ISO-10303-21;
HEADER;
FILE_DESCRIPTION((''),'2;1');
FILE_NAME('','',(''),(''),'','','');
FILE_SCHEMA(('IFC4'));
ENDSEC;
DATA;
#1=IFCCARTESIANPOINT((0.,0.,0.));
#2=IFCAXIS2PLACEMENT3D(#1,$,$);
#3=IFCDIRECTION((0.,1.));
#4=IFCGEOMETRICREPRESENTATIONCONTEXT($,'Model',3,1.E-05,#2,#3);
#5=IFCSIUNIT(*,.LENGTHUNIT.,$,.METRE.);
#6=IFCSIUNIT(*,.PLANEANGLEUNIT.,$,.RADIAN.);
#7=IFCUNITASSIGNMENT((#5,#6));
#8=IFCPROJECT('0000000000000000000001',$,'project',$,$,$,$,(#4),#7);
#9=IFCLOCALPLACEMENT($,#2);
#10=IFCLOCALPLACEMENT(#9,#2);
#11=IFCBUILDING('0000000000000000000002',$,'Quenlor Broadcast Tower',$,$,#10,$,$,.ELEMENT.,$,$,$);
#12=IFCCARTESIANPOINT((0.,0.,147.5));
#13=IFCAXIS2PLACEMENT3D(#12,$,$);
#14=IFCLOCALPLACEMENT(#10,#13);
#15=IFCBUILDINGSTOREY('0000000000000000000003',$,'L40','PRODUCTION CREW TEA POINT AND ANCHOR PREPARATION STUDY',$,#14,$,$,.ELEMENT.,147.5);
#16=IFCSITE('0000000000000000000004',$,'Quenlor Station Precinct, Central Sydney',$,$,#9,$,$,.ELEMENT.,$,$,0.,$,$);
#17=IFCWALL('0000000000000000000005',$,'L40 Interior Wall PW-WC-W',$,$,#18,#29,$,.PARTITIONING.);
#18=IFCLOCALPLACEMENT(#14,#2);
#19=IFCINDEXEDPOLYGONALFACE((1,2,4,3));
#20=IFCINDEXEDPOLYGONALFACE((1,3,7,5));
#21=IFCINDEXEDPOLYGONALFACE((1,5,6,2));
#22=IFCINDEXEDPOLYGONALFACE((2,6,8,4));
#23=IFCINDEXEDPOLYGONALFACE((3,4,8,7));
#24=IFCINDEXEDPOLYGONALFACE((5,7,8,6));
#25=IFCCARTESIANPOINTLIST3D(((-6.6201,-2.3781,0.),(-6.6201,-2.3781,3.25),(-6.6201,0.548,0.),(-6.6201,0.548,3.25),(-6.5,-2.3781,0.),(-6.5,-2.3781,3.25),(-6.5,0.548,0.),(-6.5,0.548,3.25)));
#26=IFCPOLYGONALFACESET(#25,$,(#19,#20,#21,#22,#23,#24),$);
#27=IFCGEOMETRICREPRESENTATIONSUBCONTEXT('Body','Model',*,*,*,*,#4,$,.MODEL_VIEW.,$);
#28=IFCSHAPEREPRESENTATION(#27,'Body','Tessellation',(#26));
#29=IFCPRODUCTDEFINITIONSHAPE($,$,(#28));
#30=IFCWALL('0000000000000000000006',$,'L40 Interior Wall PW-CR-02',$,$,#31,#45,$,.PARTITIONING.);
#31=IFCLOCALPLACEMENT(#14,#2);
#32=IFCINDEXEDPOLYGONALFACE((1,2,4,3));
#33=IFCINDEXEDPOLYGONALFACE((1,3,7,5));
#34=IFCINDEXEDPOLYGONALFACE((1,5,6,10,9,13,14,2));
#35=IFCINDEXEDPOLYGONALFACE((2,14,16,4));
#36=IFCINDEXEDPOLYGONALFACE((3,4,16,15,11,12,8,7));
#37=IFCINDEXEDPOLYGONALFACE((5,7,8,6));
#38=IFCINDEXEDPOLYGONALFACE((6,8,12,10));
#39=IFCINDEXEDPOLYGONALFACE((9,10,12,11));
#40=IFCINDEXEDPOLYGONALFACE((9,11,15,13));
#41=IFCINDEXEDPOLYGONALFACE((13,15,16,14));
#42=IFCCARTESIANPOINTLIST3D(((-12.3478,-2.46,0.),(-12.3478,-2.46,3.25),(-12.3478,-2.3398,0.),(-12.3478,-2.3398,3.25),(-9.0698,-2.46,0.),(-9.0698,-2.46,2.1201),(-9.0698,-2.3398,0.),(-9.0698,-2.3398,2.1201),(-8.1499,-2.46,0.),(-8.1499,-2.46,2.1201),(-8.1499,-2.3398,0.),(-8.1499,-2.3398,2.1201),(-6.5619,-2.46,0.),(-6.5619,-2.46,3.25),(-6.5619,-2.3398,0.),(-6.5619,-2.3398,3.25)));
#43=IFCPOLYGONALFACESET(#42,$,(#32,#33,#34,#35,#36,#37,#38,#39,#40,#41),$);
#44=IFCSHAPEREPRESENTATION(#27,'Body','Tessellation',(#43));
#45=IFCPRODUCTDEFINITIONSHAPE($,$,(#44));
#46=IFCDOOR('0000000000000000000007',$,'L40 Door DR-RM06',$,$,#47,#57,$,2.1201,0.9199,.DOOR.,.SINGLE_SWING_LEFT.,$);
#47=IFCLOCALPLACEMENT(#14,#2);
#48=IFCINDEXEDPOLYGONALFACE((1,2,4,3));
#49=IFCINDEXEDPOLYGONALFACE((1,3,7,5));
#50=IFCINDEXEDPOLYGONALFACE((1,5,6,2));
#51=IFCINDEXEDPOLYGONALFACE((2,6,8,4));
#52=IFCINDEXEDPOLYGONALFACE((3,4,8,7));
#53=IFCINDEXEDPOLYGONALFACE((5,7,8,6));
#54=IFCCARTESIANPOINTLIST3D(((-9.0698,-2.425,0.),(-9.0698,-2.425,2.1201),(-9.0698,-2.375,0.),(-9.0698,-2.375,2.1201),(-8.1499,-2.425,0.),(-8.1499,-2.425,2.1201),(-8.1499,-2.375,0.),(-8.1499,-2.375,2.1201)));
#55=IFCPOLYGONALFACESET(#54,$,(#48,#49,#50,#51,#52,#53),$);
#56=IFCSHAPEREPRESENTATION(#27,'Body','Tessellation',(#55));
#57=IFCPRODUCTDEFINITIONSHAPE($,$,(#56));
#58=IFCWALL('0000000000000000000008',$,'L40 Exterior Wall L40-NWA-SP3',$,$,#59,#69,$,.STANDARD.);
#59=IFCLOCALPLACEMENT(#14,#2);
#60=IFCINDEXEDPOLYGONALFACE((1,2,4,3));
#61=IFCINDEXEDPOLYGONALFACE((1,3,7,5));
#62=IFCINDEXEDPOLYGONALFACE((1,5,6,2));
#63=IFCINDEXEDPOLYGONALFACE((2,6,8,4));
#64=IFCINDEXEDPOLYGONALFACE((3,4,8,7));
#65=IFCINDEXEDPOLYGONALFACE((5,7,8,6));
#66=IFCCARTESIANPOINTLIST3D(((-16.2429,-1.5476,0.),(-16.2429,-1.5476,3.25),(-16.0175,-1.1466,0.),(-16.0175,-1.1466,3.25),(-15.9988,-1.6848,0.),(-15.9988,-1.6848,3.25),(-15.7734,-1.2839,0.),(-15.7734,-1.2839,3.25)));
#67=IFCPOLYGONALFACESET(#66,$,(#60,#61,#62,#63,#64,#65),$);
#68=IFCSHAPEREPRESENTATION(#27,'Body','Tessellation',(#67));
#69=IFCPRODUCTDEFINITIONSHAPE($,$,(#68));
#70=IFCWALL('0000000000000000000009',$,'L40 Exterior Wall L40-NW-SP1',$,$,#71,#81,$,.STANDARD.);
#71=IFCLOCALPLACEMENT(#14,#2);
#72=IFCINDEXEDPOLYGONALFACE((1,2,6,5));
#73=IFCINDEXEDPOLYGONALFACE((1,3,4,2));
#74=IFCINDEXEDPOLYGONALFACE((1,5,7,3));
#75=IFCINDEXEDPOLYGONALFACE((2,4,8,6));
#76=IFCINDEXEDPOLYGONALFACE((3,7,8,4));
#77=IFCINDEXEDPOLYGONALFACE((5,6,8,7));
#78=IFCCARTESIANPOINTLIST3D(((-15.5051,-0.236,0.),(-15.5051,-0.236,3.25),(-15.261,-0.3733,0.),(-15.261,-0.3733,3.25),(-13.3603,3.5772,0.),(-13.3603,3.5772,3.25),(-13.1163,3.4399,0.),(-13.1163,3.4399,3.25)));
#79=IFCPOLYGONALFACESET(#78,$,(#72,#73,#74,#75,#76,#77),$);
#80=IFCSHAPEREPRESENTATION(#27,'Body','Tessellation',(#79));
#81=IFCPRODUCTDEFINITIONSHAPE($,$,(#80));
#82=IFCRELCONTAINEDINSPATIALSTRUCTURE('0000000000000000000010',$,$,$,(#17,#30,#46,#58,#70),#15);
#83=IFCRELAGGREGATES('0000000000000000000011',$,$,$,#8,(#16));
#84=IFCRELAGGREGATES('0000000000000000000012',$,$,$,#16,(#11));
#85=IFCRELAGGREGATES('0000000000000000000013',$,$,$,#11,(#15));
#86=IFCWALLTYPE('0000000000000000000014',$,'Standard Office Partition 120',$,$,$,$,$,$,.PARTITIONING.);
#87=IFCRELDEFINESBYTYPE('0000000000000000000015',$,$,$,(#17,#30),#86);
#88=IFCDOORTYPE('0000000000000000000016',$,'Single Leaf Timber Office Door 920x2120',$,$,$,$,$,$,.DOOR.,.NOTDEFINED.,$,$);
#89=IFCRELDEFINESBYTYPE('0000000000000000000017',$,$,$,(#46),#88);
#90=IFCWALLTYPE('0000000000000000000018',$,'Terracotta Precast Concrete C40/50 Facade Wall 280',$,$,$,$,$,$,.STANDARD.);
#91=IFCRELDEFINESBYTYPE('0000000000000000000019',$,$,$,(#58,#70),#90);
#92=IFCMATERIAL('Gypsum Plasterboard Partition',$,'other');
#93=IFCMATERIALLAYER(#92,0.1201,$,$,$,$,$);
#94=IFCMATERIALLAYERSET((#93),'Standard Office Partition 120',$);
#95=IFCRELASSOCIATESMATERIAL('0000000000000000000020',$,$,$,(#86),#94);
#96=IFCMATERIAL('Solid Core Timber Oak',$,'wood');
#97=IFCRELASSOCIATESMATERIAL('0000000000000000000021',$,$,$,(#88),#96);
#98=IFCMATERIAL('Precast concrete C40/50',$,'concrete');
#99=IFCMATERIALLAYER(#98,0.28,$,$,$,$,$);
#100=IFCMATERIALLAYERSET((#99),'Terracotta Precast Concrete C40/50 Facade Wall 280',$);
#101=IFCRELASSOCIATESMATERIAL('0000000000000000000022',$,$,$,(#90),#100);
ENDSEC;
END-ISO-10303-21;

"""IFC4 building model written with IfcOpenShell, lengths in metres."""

from ifc_helpers import new_model, si_unit, direction, frame, frame_2d, origin, place, context, subcontext, project, spatial, rectangle, extrude, material, layer, layer_set, type_object, element, fill, save


model = new_model("IFC4")

# Units and contexts
model_context = context("Model", 3, precision=1e-05, world=origin(), true_north=direction((0.0, 1.0)))
body_context = subcontext(model_context, "Body", "Model", "MODEL_VIEW")
ifc_project = project(units=[si_unit("LENGTHUNIT", "METRE"), si_unit("PLANEANGLEUNIT", "RADIAN")], contexts=[model_context])

# Site, building, storey
site_placement = place(None, origin())
site = spatial("IfcSite", under=ifc_project, at=site_placement, Name="Quenlor Station Precinct, Central Sydney", CompositionType="ELEMENT", RefElevation=0.0)
building_placement = place(site_placement, origin())
building = spatial("IfcBuilding", under=site, at=building_placement, Name="Quenlor Broadcast Tower", CompositionType="ELEMENT")
storey_placement = place(building_placement, frame((0.0, 0.0, 147.5)))
storey = spatial("IfcBuildingStorey", under=building, at=storey_placement, Name="L40", Description="PRODUCTION CREW TEA POINT AND ANCHOR PREPARATION STUDY", CompositionType="ELEMENT", Elevation=147.5)

# Shared definitions
ifc_material_1 = material(Name="Gypsum Plasterboard Partition", Category="other")
ifc_layer_1 = layer(ifc_material_1, 0.1201)
ifc_layer_set_1 = layer_set([ifc_layer_1], Name="Standard Office Partition 120")
wall_type_1 = type_object("IfcWallType", Name="Standard Office Partition 120", PredefinedType="PARTITIONING", material=ifc_layer_set_1)

# Wall
wall_1_placement = place(storey_placement, frame((-6.5601, -2.3779, 0.0), z_axis=(0.0, 0.0, 1.0), x_axis=(0.0, 1.0, 0.0)))
element("IfcWall", 1, at=wall_1_placement, inside=storey, type_object=wall_type_1, Name="L40 Interior Wall PW-WC-W", PredefinedType="PARTITIONING", context=body_context, shape_type="SweptSolid", body=[
    extrude(rectangle(XDim=2.926, YDim=0.1201, at=frame_2d((1.4629, 0.0))), origin(), (0.0, 0.0, 1.0), 3.25),
])

# Wall, opening, door
wall_2_placement = place(storey_placement, frame((-12.3479, -2.3999, 0.0), z_axis=(0.0, 0.0, 1.0), x_axis=(1.0, 0.0, 0.0)))
wall_2 = element("IfcWall", 2, at=wall_2_placement, inside=storey, type_object=wall_type_1, Name="L40 Interior Wall PW-CR-02", PredefinedType="PARTITIONING", context=body_context, shape_type="SweptSolid", body=[
    extrude(rectangle(XDim=5.7859, YDim=0.1201, at=frame_2d((2.8931, 0.0))), origin(), (0.0, 0.0, 1.0), 3.25),
])
opening_1_placement = place(wall_2_placement, frame((3.2781, 0.0, 0.0)))
opening_1 = element("IfcOpeningElement", 3, at=opening_1_placement, cuts=wall_2, PredefinedType="OPENING", context=body_context, shape_type="SweptSolid", body=[
    extrude(rectangle(XDim=0.9199, YDim=2.1201, at=frame_2d((0.46, 1.0601))), frame((0.0, 0.0701, 0.0), z_axis=(0.0, -1.0, 0.0), x_axis=(1.0, 0.0, 0.0)), (0.0, 0.0, 1.0), 0.1401),
])
ifc_material_2 = material(Name="Solid Core Timber Oak", Category="wood")
door_type_1 = type_object("IfcDoorType", Name="Single Leaf Timber Office Door 920x2120", OperationType="NOTDEFINED", PredefinedType="DOOR", material=ifc_material_2)
door_1_placement = place(opening_1_placement, origin())
door_1 = element("IfcDoor", 4, at=door_1_placement, inside=storey, type_object=door_type_1, Name="L40 Door DR-RM06", OperationType="SINGLE_SWING_LEFT", OverallHeight=2.1201, OverallWidth=0.9199, PredefinedType="DOOR", context=body_context, shape_type="SweptSolid", body=[
    extrude(rectangle(XDim=0.9199, YDim=2.1201, at=frame_2d((0.46, 1.0601))), frame((0.0, 0.0249, 0.0), z_axis=(0.0, -1.0, 0.0), x_axis=(1.0, 0.0, 0.0)), (0.0, 0.0, 1.0), 0.05),
])
fill(opening_1, door_1)

# Walls
ifc_material_3 = material(Name="Precast concrete C40/50", Category="concrete")
ifc_layer_2 = layer(ifc_material_3, 0.28)
ifc_layer_set_2 = layer_set([ifc_layer_2], Name="Terracotta Precast Concrete C40/50 Facade Wall 280")
wall_type_2 = type_object("IfcWallType", Name="Terracotta Precast Concrete C40/50 Facade Wall 280", PredefinedType="STANDARD", material=ifc_layer_set_2)
wall_3_placement = place(storey_placement, frame((-16.1208, -1.6162, 0.0), z_axis=(0.0, 0.0, 1.0), x_axis=(0.490009, 0.871717, 0.0)))
element("IfcWall", 5, at=wall_3_placement, inside=storey, type_object=wall_type_2, Name="L40 Exterior Wall L40-NWA-SP3", PredefinedType="STANDARD", context=body_context, shape_type="SweptSolid", body=[
    extrude(rectangle(XDim=0.46, YDim=0.28, at=frame_2d((0.23, 0.0))), origin(), (0.0, 0.0, 1.0), 3.25),
])
wall_4_placement = place(storey_placement, frame((-15.3831, -0.3047, 0.0), z_axis=(0.0, 0.0, 1.0), x_axis=(0.490232, 0.871592, 0.0)))
element("IfcWall", 6, at=wall_4_placement, inside=storey, type_object=wall_type_2, Name="L40 Exterior Wall L40-NW-SP1", PredefinedType="STANDARD", context=body_context, shape_type="SweptSolid", body=[
    extrude(rectangle(XDim=4.375, YDim=0.28, at=frame_2d((2.1875, 0.0))), origin(), (0.0, 0.0, 1.0), 3.25),
])

save(model, "model.ifc")
